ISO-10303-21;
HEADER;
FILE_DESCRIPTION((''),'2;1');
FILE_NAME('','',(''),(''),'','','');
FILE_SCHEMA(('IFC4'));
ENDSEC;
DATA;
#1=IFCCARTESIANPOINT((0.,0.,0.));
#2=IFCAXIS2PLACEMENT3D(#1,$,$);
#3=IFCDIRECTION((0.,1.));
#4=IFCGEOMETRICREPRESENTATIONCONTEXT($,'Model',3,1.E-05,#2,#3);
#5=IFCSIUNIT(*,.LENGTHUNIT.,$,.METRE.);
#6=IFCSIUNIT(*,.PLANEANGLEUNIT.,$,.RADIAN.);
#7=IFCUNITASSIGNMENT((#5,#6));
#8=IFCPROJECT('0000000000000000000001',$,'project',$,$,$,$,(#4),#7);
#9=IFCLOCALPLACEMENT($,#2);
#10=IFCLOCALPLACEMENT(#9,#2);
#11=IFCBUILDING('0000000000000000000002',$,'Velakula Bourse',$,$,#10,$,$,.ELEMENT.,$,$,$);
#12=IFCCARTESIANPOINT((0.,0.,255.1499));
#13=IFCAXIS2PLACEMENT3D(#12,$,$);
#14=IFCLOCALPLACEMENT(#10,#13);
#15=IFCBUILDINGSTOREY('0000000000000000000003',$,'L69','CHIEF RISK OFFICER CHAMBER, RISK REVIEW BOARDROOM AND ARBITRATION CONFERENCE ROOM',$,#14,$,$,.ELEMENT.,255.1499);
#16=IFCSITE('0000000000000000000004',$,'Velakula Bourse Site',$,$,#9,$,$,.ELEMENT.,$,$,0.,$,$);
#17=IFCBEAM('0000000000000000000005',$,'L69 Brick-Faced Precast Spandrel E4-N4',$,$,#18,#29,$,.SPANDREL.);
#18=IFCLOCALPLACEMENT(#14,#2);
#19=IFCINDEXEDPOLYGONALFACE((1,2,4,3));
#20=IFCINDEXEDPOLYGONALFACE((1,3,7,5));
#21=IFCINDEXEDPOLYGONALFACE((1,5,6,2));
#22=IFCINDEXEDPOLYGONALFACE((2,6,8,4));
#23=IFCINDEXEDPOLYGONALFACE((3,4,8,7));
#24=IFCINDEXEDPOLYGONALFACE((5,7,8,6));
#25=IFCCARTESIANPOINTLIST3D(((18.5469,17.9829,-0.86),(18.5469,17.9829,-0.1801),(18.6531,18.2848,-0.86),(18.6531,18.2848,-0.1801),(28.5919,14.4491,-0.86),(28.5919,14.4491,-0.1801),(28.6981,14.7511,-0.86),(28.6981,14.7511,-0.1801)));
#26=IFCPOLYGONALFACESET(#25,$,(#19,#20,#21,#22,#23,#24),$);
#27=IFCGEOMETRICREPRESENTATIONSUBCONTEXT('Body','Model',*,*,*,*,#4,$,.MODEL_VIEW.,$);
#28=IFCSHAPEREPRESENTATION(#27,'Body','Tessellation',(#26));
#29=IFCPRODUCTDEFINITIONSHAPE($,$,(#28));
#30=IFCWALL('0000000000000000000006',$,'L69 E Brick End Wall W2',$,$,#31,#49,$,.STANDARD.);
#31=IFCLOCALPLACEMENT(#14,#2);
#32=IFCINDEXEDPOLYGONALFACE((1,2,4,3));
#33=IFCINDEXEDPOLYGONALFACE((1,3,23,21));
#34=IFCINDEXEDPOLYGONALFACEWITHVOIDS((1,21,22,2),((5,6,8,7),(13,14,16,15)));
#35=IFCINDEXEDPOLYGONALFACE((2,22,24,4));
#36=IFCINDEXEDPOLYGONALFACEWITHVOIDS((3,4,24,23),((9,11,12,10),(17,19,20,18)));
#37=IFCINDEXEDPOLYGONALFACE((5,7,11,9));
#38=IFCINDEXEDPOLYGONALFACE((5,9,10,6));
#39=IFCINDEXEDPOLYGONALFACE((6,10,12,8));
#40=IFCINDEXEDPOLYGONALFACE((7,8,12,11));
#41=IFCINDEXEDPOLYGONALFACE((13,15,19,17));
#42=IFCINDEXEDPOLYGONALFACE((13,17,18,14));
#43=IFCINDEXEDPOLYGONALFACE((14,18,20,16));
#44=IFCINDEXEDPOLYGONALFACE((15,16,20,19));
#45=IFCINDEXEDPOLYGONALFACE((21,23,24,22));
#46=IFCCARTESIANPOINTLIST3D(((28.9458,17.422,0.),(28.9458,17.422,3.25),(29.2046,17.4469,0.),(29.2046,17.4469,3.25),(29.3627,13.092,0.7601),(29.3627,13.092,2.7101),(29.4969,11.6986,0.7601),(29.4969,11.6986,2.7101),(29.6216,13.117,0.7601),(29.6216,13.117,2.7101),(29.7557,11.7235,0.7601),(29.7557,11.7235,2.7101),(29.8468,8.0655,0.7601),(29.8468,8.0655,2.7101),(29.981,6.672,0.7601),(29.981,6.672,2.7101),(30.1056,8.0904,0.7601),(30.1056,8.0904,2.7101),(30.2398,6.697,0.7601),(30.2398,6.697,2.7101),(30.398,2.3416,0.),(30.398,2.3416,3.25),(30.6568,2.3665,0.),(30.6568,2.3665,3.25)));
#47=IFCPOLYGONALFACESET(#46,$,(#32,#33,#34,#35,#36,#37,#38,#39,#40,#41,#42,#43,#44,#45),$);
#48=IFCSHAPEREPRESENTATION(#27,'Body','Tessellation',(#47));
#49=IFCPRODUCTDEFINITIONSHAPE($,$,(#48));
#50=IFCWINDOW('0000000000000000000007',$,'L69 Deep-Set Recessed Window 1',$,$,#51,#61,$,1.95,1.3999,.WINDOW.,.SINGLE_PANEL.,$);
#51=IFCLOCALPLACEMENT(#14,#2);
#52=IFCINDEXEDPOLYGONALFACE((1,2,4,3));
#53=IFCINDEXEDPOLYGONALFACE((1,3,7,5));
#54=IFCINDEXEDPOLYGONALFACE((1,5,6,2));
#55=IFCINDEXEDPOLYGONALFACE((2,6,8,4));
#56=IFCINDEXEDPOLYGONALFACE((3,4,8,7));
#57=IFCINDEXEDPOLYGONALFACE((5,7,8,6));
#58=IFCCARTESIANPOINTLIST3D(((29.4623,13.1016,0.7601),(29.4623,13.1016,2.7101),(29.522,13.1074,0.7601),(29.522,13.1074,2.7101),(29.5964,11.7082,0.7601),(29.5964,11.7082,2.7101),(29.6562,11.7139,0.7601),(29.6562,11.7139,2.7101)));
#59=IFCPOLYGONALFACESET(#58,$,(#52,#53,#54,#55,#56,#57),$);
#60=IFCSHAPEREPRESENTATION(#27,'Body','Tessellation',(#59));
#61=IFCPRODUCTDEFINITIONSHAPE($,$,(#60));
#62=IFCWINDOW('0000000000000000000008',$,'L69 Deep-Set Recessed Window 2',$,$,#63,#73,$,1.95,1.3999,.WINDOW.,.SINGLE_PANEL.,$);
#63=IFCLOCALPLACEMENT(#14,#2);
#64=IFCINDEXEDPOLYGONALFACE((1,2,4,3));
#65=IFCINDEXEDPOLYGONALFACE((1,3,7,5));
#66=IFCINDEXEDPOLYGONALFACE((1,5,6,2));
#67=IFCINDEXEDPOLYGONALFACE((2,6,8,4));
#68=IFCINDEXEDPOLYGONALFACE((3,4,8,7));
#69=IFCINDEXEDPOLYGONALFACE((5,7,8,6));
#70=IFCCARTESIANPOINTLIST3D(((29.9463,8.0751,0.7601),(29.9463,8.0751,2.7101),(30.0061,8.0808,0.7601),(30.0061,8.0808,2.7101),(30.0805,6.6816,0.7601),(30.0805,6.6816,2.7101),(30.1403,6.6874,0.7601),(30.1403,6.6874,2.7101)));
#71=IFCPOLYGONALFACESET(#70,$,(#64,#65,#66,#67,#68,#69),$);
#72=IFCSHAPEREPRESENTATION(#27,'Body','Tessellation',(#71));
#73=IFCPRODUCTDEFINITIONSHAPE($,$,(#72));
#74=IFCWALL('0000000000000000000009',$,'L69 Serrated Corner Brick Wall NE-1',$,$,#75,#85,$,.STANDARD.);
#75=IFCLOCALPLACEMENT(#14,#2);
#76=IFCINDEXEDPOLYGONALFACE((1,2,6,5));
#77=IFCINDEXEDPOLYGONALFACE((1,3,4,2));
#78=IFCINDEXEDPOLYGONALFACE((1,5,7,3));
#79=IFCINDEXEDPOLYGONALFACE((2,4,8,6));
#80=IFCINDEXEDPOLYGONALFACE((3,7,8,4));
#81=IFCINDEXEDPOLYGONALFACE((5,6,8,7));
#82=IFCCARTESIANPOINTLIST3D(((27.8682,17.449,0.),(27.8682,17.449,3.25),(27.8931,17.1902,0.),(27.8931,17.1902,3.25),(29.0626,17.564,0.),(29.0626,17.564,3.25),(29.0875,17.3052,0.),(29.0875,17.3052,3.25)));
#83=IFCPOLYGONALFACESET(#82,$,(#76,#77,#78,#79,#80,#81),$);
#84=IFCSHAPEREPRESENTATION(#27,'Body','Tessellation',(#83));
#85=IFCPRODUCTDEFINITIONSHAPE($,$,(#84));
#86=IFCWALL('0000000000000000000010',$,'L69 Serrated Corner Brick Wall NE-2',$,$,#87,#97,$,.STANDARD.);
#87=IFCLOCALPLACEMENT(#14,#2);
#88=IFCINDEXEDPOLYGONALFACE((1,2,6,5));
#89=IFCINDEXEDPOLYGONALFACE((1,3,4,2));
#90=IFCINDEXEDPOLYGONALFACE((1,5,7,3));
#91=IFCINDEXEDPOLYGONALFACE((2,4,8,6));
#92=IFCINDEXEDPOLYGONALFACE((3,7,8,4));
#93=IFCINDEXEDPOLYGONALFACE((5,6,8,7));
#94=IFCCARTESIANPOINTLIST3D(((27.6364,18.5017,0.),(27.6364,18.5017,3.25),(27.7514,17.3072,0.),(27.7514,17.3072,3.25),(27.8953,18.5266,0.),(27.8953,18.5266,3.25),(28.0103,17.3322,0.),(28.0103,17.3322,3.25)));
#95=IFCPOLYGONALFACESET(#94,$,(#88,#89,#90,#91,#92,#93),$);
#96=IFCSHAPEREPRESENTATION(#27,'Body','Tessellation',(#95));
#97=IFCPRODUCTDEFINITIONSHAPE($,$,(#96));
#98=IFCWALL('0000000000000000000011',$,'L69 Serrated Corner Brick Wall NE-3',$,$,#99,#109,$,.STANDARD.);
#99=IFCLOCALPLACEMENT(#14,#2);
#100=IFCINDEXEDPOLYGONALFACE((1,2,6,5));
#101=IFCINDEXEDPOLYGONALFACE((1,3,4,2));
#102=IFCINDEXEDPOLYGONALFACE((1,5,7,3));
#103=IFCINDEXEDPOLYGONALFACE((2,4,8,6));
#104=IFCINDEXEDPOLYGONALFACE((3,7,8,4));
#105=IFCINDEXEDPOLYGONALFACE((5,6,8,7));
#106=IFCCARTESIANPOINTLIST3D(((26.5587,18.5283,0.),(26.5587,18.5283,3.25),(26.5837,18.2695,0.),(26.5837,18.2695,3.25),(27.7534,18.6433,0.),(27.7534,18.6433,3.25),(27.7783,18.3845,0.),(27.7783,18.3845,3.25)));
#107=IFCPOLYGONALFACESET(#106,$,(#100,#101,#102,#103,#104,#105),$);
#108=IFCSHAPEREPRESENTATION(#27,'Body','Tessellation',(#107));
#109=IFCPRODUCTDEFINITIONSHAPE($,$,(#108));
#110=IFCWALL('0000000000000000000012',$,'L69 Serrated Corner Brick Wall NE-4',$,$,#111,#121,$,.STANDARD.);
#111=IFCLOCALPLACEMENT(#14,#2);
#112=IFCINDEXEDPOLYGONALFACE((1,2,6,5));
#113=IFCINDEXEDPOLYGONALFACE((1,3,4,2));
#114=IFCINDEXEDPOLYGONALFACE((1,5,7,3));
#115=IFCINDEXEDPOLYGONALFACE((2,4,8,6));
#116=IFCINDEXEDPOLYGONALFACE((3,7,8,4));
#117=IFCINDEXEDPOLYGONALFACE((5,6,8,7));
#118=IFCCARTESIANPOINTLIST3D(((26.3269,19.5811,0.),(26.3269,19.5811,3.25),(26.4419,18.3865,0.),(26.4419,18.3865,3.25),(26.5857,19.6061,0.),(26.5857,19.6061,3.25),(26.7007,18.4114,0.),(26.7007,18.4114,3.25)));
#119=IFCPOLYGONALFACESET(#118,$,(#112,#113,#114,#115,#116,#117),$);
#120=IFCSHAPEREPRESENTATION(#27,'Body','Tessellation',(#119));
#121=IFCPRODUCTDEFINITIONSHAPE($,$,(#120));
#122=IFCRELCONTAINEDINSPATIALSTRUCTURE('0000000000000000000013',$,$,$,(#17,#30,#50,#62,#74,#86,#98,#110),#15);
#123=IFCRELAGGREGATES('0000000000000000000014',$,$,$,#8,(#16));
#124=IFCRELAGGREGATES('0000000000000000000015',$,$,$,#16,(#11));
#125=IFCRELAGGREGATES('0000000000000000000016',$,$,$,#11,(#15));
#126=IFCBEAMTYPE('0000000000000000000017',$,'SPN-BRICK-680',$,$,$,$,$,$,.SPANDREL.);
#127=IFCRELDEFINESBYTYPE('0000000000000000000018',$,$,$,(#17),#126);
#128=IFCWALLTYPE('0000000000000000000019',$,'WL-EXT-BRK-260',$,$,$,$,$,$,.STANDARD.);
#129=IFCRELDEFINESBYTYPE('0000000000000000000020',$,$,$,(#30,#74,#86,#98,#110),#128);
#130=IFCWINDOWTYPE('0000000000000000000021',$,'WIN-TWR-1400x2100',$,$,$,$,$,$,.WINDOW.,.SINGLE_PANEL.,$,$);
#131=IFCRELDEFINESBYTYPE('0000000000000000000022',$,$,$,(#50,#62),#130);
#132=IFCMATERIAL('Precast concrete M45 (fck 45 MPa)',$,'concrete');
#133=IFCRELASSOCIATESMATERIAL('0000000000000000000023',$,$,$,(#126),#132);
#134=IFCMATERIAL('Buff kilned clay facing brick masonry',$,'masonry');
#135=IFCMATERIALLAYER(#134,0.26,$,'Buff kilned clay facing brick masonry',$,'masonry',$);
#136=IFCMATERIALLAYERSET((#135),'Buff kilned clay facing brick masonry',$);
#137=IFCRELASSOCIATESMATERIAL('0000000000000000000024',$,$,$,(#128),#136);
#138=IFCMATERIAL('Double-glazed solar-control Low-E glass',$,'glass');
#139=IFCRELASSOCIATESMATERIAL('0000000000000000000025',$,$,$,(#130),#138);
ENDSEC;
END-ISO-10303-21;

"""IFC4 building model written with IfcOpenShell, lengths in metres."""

from ifc_helpers import new_model, si_unit, direction, frame, frame_2d, origin, origin_2d, place, context, subcontext, project, spatial, rectangle, extrude, material, layer, layer_set, material_profile, profile_set, type_object, element, fill, save


model = new_model("IFC4")

# Units and contexts
model_context = context("Model", 3, precision=1e-05, world=origin(), true_north=direction((0.0, 1.0)))
body_context = subcontext(model_context, "Body", "Model", "MODEL_VIEW")
ifc_project = project(units=[si_unit("LENGTHUNIT", "METRE"), si_unit("PLANEANGLEUNIT", "RADIAN")], contexts=[model_context])

# Site, building, storey
site_placement = place(None, origin())
site = spatial("IfcSite", under=ifc_project, at=site_placement, Name="Velakula Bourse Site", CompositionType="ELEMENT", RefElevation=0.0)
building_placement = place(site_placement, origin())
building = spatial("IfcBuilding", under=site, at=building_placement, Name="Velakula Bourse", CompositionType="ELEMENT")
storey_placement = place(building_placement, frame((0.0, 0.0, 255.1499)))
storey = spatial("IfcBuildingStorey", under=building, at=storey_placement, Name="L69", Description="CHIEF RISK OFFICER CHAMBER, RISK REVIEW BOARDROOM AND ARBITRATION CONFERENCE ROOM", CompositionType="ELEMENT", Elevation=255.1499)

# Shared definitions
ifc_material_1 = material(Name="Precast concrete M45 (fck 45 MPa)", Category="concrete")

# Beam
ifc_material_profile_1 = material_profile(ifc_material_1, rectangle(XDim=0.3201, YDim=0.6799, at=origin_2d()), Name="Precast concrete M45 (fck 45 MPa)")
ifc_profile_set_1 = profile_set([ifc_material_profile_1], Name="Precast concrete M45 (fck 45 MPa)")
beam_type_1 = type_object("IfcBeamType", Name="SPN-BRICK-680", PredefinedType="SPANDREL", material=ifc_profile_set_1)
beam_1_placement = place(storey_placement, frame((28.645, 14.6001, -0.52), z_axis=(-0.943331, 0.331853, 0.0), x_axis=(-0.331853, -0.943331, 0.0)))
element("IfcBeam", 1, at=beam_1_placement, inside=storey, type_object=beam_type_1, Name="L69 Brick-Faced Precast Spandrel E4-N4", PredefinedType="SPANDREL", context=body_context, shape_type="SweptSolid", body=[
    extrude(rectangle(XDim=0.3201, YDim=0.6799, at=origin_2d()), origin(), (0.0, 0.0, 1.0), 10.6484),
])

# Wall, openings, windows
ifc_material_2 = material(Name="Buff kilned clay facing brick masonry", Category="masonry")
ifc_layer = layer(ifc_material_2, 0.26, Name="Buff kilned clay facing brick masonry", Category="masonry")
ifc_layer_set = layer_set([ifc_layer], Name="Buff kilned clay facing brick masonry")
wall_type = type_object("IfcWallType", Name="WL-EXT-BRK-260", PredefinedType="STANDARD", material=ifc_layer_set)
wall_placement = place(storey_placement, frame((29.0752, 17.4346, 0.0), z_axis=(0.0, 0.0, 1.0), x_axis=(0.095851, -0.995396, 0.0)))
wall = element("IfcWall", 2, at=wall_placement, inside=storey, type_object=wall_type, Name="L69 E Brick End Wall W2", PredefinedType="STANDARD", context=body_context, shape_type="SweptSolid", body=[
    extrude(rectangle(XDim=15.1501, YDim=0.26, at=frame_2d((7.5752, 0.0))), origin(), (0.0, 0.0, 1.0), 3.25),
])
opening_1_placement = place(wall_placement, frame((4.3501, 0.0, 0.76)))
opening_1 = element("IfcOpeningElement", 3, at=opening_1_placement, cuts=wall, PredefinedType="OPENING", context=body_context, shape_type="SweptSolid", body=[
    extrude(rectangle(XDim=1.3999, YDim=1.95, at=frame_2d((0.7, 0.9751))), frame((0.0, 0.1399, 0.0), z_axis=(0.0, -1.0, 0.0), x_axis=(1.0, 0.0, 0.0)), (0.0, 0.0, 1.0), 0.28),
])
opening_2_placement = place(wall_placement, frame((9.3999, 0.0, 0.76)))
opening_2 = element("IfcOpeningElement", 4, at=opening_2_placement, cuts=wall, PredefinedType="OPENING", context=body_context, shape_type="SweptSolid", body=[
    extrude(rectangle(XDim=1.3999, YDim=1.95, at=frame_2d((0.7, 0.9751))), frame((0.0, 0.1399, 0.0), z_axis=(0.0, -1.0, 0.0), x_axis=(1.0, 0.0, 0.0)), (0.0, 0.0, 1.0), 0.28),
])
ifc_material_3 = material(Name="Double-glazed solar-control Low-E glass", Category="glass")
window_type = type_object("IfcWindowType", Name="WIN-TWR-1400x2100", PartitioningType="SINGLE_PANEL", PredefinedType="WINDOW", material=ifc_material_3)
window_1_placement = place(opening_1_placement, origin())
window_1 = element("IfcWindow", 5, at=window_1_placement, inside=storey, type_object=window_type, Name="L69 Deep-Set Recessed Window 1", OverallHeight=1.95, OverallWidth=1.3999, PartitioningType="SINGLE_PANEL", PredefinedType="WINDOW", context=body_context, shape_type="SweptSolid", body=[
    extrude(rectangle(XDim=1.3999, YDim=1.95, at=frame_2d((0.7, 0.9751))), frame((0.0, 0.03, 0.0), z_axis=(0.0, -1.0, 0.0), x_axis=(1.0, 0.0, 0.0)), (0.0, 0.0, 1.0), 0.0601),
])
fill(opening_1, window_1)
window_2_placement = place(opening_2_placement, origin())
window_2 = element("IfcWindow", 6, at=window_2_placement, inside=storey, type_object=window_type, Name="L69 Deep-Set Recessed Window 2", OverallHeight=1.95, OverallWidth=1.3999, PartitioningType="SINGLE_PANEL", PredefinedType="WINDOW", context=body_context, shape_type="SweptSolid", body=[
    extrude(rectangle(XDim=1.3999, YDim=1.95, at=frame_2d((0.7, 0.9751))), frame((0.0, 0.03, 0.0), z_axis=(0.0, -1.0, 0.0), x_axis=(1.0, 0.0, 0.0)), (0.0, 0.0, 1.0), 0.0601),
])
fill(opening_2, window_2)

# Walls
for number, where, z_axis, x_axis, name in (
    (7, (29.0752, 17.4346, 0.0), (0.0, 0.0, 1.0), (-0.995397, -0.095836, 0.0), "L69 Serrated Corner Brick Wall NE-1"),
    (8, (27.8809, 17.3196, 0.0), (0.0, 0.0, 1.0), (-0.095836, 0.995397, 0.0), "L69 Serrated Corner Brick Wall NE-2"),
):
    element("IfcWall", number, at=place(storey_placement, frame(where, z_axis=z_axis, x_axis=x_axis)), inside=storey, type_object=wall_type, Name=name, PredefinedType="STANDARD", context=body_context, shape_type="SweptSolid", body=[
        extrude(rectangle(XDim=1.2, YDim=0.26, at=frame_2d((0.6001, 0.0))), origin(), (0.0, 0.0, 1.0), 3.25),
    ])
for number, where, z_axis, x_axis, name in (
    (9, (27.7659, 18.5139, 0.0), (0.0, 0.0, 1.0), (-0.995399, -0.095817, 0.0), "L69 Serrated Corner Brick Wall NE-3"),
    (10, (26.5713, 18.3989, 0.0), (0.0, 0.0, 1.0), (-0.095817, 0.995399, 0.0), "L69 Serrated Corner Brick Wall NE-4"),
):
    element("IfcWall", number, at=place(storey_placement, frame(where, z_axis=z_axis, x_axis=x_axis)), inside=storey, type_object=wall_type, Name=name, PredefinedType="STANDARD", context=body_context, shape_type="SweptSolid", body=[
        extrude(rectangle(XDim=1.2002, YDim=0.26, at=frame_2d((0.6001, 0.0))), origin(), (0.0, 0.0, 1.0), 3.25),
    ])

save(model, "model.ifc")
